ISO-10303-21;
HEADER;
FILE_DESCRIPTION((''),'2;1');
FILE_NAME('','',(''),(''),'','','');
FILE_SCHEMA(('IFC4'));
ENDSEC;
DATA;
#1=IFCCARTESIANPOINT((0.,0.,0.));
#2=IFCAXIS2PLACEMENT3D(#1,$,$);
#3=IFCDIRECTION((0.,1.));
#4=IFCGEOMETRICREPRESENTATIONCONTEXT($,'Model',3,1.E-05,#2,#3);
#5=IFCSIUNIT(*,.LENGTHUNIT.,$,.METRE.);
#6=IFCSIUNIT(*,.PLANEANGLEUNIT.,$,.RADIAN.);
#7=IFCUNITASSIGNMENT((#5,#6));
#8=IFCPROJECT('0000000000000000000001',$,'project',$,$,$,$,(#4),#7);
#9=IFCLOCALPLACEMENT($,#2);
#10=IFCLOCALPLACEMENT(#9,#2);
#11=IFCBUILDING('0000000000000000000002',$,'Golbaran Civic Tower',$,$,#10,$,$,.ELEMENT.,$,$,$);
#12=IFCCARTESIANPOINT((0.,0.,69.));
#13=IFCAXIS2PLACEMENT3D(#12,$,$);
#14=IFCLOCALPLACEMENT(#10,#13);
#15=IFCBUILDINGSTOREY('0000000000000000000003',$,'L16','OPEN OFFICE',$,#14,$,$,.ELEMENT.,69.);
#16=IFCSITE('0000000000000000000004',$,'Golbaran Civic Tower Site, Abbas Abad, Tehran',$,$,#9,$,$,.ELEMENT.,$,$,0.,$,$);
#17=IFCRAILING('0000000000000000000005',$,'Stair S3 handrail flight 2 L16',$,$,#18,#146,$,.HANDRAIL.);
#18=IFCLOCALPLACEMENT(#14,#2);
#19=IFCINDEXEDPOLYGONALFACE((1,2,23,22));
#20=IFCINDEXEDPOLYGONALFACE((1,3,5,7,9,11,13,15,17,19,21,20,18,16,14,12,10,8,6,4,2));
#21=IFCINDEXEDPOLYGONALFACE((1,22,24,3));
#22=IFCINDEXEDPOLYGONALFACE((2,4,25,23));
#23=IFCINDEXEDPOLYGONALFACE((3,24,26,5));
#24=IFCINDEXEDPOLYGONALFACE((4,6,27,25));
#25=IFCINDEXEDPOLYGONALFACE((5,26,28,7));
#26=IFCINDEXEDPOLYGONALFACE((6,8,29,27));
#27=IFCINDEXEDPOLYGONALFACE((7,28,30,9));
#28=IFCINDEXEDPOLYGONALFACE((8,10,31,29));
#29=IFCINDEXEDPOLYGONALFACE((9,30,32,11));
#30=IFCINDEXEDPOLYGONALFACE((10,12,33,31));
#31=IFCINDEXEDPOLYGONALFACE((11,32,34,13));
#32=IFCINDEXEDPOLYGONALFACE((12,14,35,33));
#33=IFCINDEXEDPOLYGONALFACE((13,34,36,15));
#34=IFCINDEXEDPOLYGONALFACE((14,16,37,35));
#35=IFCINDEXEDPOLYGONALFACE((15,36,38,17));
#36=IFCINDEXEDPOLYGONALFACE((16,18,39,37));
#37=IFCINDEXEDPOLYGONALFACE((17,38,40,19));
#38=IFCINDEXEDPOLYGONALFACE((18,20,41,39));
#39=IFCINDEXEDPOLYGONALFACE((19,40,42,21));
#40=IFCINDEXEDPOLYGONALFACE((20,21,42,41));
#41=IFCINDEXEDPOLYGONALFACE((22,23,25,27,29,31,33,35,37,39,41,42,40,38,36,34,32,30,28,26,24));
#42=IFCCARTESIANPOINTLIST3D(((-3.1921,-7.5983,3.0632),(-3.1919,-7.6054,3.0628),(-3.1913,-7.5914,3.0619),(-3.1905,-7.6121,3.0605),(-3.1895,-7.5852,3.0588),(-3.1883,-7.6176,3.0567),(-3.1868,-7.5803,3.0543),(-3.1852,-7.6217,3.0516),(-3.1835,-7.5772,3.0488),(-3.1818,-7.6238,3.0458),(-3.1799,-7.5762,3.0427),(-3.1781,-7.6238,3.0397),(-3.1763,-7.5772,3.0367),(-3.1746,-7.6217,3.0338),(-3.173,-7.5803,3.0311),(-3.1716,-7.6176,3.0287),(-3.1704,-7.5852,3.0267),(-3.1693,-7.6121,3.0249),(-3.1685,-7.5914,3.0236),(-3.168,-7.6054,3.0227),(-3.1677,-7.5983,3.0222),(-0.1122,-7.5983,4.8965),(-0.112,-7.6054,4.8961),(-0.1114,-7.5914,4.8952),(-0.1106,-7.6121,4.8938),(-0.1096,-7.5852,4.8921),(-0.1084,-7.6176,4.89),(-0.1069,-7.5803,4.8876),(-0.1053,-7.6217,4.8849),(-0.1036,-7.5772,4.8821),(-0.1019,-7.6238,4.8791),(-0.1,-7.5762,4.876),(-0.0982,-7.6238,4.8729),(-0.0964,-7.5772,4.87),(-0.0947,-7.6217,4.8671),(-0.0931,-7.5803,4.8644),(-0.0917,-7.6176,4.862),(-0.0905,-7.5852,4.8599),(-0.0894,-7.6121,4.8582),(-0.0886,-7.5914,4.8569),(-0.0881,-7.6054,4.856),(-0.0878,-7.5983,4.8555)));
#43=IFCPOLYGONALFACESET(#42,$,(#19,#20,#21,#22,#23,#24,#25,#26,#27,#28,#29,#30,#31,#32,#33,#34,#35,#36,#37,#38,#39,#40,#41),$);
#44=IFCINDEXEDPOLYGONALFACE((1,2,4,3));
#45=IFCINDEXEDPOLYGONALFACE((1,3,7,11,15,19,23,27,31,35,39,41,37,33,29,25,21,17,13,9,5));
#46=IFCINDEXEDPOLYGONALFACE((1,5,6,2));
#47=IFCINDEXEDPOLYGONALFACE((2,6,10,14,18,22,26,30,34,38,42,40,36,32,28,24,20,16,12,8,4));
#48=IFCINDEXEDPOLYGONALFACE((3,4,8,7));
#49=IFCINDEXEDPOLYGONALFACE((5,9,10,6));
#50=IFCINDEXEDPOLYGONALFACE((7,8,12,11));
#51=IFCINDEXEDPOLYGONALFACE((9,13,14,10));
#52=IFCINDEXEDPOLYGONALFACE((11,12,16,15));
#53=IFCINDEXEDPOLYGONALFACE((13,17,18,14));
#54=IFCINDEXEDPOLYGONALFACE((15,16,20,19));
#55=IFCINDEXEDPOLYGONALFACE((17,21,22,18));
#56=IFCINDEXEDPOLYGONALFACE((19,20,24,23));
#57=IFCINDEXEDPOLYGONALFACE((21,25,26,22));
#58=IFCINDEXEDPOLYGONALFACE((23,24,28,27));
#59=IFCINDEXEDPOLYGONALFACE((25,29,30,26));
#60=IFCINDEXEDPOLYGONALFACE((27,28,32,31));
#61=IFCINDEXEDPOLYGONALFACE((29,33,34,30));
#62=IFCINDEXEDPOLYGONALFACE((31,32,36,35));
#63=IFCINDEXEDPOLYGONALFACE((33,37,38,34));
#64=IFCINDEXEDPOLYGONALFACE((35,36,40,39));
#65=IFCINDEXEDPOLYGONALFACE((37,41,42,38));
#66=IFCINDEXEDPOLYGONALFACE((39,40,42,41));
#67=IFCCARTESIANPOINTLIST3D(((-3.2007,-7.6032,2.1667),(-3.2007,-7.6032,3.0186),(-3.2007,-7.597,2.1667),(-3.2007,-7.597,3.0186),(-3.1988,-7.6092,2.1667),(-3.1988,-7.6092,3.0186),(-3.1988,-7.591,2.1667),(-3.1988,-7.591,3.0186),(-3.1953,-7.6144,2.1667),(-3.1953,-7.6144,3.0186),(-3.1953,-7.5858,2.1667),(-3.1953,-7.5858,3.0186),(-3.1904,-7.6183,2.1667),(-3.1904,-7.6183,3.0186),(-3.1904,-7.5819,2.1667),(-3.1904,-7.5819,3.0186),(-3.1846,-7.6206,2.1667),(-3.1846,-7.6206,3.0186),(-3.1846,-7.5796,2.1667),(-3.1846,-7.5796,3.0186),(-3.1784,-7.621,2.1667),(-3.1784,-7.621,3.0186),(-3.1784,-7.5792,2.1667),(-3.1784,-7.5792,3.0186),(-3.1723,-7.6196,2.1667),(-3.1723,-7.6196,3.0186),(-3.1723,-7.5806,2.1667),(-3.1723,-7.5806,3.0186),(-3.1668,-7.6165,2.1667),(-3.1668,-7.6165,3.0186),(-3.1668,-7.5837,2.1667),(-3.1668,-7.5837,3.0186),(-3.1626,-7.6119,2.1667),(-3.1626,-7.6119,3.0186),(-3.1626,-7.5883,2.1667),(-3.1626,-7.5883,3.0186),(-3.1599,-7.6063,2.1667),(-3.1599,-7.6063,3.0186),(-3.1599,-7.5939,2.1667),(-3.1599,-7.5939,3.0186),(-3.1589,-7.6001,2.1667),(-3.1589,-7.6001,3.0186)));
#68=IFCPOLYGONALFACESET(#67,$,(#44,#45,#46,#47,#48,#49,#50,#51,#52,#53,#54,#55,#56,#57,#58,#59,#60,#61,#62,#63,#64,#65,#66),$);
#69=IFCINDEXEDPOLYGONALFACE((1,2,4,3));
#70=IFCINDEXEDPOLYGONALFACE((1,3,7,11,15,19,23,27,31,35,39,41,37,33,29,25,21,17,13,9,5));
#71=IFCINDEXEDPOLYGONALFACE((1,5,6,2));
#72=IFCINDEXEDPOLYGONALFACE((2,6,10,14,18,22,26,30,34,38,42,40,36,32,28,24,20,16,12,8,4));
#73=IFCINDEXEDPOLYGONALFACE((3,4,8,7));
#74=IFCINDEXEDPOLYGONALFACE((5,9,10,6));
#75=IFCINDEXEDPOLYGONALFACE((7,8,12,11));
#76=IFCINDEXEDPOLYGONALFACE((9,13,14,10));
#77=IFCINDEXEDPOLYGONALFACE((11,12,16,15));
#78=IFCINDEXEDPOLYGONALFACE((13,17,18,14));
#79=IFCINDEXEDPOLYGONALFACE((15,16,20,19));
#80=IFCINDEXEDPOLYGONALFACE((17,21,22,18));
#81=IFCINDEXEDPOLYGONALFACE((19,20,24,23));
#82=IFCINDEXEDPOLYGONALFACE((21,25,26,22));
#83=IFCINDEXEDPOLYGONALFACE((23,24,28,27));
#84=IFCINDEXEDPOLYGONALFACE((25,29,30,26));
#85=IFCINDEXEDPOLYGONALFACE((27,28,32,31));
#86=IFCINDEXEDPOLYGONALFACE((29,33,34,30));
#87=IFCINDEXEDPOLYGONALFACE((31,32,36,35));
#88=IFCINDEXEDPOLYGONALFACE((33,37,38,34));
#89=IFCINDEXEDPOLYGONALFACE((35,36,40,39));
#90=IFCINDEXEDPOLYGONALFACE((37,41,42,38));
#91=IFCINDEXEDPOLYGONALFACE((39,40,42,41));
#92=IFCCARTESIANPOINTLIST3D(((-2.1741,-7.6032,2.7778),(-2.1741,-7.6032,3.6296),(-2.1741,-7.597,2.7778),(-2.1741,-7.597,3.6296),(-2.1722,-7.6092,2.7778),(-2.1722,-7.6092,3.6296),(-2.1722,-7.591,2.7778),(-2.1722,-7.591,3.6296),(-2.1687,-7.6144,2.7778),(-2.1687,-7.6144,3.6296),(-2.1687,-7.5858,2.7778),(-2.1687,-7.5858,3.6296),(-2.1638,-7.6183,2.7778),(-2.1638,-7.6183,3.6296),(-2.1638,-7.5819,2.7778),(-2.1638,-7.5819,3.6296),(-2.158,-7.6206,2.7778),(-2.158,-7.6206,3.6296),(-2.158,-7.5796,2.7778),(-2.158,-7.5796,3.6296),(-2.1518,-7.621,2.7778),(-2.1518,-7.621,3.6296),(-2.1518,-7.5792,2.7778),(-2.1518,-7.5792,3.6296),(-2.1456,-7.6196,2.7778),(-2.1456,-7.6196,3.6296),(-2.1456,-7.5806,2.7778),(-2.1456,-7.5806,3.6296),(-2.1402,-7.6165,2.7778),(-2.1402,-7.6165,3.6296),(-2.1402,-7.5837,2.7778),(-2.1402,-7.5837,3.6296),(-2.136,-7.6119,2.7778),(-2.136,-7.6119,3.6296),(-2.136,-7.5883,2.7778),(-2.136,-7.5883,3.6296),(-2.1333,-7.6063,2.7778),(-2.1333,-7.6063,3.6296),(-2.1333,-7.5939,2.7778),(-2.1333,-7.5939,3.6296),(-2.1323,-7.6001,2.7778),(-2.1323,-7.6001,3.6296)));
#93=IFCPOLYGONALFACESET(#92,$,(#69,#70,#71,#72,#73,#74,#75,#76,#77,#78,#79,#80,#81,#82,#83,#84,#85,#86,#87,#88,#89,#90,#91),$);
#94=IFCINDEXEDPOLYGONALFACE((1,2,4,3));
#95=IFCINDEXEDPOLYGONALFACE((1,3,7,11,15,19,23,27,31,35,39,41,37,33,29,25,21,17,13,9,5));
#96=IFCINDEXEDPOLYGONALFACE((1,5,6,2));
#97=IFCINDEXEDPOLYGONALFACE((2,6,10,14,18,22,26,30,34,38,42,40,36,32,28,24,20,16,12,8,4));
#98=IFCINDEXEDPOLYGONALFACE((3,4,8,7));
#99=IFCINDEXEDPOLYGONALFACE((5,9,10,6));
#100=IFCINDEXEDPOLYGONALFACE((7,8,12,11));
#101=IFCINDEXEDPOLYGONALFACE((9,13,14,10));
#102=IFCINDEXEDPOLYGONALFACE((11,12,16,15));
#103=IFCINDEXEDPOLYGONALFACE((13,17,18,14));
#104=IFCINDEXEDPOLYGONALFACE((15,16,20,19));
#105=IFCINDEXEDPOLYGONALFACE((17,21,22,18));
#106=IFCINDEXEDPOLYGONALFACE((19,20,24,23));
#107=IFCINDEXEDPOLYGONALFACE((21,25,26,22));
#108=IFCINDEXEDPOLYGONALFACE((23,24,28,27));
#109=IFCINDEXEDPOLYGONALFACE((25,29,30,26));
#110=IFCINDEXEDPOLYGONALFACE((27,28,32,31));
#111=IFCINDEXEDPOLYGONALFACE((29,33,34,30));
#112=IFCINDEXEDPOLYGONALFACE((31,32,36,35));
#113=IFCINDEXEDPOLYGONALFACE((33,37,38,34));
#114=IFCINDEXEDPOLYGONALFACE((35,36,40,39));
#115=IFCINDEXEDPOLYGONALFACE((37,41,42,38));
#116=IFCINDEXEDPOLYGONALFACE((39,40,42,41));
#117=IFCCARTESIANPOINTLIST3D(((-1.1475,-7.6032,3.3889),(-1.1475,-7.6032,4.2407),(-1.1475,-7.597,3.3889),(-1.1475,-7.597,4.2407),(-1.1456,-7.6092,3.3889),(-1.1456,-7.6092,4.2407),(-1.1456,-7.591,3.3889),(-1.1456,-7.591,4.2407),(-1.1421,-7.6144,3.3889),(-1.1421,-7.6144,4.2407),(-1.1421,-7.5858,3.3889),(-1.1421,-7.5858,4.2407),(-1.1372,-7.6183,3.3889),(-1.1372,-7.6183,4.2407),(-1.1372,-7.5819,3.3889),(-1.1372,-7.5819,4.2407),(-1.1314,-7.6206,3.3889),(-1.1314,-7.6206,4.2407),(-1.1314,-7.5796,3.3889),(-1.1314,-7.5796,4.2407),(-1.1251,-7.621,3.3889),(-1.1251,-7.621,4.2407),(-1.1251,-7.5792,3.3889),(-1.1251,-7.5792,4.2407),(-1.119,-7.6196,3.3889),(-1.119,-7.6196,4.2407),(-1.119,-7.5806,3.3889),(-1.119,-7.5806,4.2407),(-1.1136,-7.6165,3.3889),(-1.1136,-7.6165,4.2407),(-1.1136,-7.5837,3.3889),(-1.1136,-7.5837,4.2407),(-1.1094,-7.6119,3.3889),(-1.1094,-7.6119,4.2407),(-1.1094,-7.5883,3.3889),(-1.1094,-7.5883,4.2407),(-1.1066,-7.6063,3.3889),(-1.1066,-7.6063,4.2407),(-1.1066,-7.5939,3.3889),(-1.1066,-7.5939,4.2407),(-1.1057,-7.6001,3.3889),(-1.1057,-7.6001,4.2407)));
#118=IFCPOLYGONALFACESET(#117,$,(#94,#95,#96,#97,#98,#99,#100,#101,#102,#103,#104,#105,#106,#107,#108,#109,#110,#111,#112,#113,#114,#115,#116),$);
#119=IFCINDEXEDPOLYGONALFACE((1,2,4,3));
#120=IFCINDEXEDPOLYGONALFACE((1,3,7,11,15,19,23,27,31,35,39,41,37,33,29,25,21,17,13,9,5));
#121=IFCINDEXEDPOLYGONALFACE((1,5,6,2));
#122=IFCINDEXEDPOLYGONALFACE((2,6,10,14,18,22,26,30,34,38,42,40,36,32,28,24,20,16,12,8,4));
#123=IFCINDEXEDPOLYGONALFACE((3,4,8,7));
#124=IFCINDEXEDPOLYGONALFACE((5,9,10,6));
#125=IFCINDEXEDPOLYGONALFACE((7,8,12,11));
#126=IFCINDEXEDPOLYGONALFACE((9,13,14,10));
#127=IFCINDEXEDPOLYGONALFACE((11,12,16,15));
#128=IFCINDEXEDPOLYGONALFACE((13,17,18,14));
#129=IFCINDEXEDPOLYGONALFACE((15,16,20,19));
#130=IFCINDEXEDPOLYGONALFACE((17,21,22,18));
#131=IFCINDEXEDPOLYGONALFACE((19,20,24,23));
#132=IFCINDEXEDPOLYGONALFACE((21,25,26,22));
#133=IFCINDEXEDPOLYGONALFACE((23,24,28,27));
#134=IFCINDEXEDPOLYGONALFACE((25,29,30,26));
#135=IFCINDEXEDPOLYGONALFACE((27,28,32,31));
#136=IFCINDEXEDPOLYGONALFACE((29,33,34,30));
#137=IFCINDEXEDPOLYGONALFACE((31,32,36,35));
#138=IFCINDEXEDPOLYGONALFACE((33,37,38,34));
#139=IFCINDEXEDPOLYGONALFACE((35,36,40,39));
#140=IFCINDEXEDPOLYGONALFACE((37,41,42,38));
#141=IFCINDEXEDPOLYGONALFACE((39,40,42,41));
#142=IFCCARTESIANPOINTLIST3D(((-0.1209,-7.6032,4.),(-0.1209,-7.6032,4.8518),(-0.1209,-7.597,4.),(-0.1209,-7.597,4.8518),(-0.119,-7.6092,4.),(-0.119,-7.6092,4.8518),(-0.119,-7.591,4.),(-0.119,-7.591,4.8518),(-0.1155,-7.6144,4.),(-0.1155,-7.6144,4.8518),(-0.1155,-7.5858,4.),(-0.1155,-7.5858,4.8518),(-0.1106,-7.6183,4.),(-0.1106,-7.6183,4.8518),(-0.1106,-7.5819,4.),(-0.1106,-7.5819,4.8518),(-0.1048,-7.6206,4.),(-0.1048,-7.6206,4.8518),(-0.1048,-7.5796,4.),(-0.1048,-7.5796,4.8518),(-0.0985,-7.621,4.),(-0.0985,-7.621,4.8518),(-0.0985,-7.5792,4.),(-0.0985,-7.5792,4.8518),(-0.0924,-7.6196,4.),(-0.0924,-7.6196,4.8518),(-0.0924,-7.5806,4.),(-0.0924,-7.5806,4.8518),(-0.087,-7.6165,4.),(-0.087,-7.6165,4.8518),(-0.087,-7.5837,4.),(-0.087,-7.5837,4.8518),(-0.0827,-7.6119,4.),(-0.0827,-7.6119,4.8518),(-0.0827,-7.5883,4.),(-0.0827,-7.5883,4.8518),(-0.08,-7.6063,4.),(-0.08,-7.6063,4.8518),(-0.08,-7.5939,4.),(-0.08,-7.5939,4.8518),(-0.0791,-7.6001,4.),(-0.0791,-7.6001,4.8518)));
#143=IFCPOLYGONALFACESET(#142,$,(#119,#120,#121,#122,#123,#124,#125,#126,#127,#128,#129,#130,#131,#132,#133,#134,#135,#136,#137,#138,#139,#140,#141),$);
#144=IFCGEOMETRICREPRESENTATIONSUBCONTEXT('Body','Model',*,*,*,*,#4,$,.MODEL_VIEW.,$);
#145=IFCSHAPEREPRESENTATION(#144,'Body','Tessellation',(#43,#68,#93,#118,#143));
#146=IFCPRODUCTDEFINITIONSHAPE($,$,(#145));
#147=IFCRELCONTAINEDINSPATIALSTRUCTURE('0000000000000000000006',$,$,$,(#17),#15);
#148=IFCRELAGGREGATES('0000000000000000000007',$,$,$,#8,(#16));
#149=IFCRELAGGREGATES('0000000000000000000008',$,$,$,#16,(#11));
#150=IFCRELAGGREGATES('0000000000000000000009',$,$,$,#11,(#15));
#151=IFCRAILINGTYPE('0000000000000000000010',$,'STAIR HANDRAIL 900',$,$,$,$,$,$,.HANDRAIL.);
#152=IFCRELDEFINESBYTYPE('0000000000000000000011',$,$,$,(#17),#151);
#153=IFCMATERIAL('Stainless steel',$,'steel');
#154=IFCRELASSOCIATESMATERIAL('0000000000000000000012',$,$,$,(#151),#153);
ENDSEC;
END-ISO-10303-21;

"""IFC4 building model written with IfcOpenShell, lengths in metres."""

from ifc_helpers import new_model, si_unit, direction, frame, origin, origin_2d, place, context, subcontext, project, spatial, circle, extrude, material, type_object, element, save


model = new_model("IFC4")

# Units and contexts
model_context = context("Model", 3, precision=1e-05, world=origin(), true_north=direction((0.0, 1.0)))
body_context = subcontext(model_context, "Body", "Model", "MODEL_VIEW")
ifc_project = project(units=[si_unit("LENGTHUNIT", "METRE"), si_unit("PLANEANGLEUNIT", "RADIAN")], contexts=[model_context])

# Site, building, storey
site_placement = place(None, origin())
site = spatial("IfcSite", under=ifc_project, at=site_placement, Name="Golbaran Civic Tower Site, Abbas Abad, Tehran", CompositionType="ELEMENT", RefElevation=0.0)
building_placement = place(site_placement, origin())
building = spatial("IfcBuilding", under=site, at=building_placement, Name="Golbaran Civic Tower", CompositionType="ELEMENT")
storey_placement = place(building_placement, frame((0.0, 0.0, 69.0)))
storey = spatial("IfcBuildingStorey", under=building, at=storey_placement, Name="L16", Description="OPEN OFFICE", CompositionType="ELEMENT", Elevation=69.0)

# Shared definitions
ifc_material_1 = material(Name="Stainless steel", Category="steel")

# Railing
railing_type = type_object("IfcRailingType", Name="STAIR HANDRAIL 900", PredefinedType="HANDRAIL", material=ifc_material_1)
railing_1_placement = place(storey_placement, frame((-3.1799, -7.6001, 2.1667)))
element("IfcRailing", 1, at=railing_1_placement, inside=storey, type_object=railing_type, Name="Stair S3 handrail flight 2 L16", PredefinedType="HANDRAIL", context=body_context, shape_type="SweptSolid", body=[
    extrude(circle(Radius=0.0239, at=origin_2d()), frame((0.0, 0.0, 0.876), z_axis=(0.859291, 0.0, 0.511487), x_axis=(0.0, 1.0, 0.0)), (0.0, 0.0, 1.0), 3.5842),
    extrude(circle(Radius=0.021, at=origin_2d()), origin(), (0.0, 0.0, 1.0), 0.8518),
    extrude(circle(Radius=0.021, at=origin_2d()), frame((1.0266, 0.0, 0.6111)), (0.0, 0.0, 1.0), 0.8518),
    extrude(circle(Radius=0.021, at=origin_2d()), frame((2.0532, 0.0, 1.2222)), (0.0, 0.0, 1.0), 0.8518),
    extrude(circle(Radius=0.021, at=origin_2d()), frame((3.0798, 0.0, 1.8333)), (0.0, 0.0, 1.0), 0.8518),
])

save(model, "model.ifc")
